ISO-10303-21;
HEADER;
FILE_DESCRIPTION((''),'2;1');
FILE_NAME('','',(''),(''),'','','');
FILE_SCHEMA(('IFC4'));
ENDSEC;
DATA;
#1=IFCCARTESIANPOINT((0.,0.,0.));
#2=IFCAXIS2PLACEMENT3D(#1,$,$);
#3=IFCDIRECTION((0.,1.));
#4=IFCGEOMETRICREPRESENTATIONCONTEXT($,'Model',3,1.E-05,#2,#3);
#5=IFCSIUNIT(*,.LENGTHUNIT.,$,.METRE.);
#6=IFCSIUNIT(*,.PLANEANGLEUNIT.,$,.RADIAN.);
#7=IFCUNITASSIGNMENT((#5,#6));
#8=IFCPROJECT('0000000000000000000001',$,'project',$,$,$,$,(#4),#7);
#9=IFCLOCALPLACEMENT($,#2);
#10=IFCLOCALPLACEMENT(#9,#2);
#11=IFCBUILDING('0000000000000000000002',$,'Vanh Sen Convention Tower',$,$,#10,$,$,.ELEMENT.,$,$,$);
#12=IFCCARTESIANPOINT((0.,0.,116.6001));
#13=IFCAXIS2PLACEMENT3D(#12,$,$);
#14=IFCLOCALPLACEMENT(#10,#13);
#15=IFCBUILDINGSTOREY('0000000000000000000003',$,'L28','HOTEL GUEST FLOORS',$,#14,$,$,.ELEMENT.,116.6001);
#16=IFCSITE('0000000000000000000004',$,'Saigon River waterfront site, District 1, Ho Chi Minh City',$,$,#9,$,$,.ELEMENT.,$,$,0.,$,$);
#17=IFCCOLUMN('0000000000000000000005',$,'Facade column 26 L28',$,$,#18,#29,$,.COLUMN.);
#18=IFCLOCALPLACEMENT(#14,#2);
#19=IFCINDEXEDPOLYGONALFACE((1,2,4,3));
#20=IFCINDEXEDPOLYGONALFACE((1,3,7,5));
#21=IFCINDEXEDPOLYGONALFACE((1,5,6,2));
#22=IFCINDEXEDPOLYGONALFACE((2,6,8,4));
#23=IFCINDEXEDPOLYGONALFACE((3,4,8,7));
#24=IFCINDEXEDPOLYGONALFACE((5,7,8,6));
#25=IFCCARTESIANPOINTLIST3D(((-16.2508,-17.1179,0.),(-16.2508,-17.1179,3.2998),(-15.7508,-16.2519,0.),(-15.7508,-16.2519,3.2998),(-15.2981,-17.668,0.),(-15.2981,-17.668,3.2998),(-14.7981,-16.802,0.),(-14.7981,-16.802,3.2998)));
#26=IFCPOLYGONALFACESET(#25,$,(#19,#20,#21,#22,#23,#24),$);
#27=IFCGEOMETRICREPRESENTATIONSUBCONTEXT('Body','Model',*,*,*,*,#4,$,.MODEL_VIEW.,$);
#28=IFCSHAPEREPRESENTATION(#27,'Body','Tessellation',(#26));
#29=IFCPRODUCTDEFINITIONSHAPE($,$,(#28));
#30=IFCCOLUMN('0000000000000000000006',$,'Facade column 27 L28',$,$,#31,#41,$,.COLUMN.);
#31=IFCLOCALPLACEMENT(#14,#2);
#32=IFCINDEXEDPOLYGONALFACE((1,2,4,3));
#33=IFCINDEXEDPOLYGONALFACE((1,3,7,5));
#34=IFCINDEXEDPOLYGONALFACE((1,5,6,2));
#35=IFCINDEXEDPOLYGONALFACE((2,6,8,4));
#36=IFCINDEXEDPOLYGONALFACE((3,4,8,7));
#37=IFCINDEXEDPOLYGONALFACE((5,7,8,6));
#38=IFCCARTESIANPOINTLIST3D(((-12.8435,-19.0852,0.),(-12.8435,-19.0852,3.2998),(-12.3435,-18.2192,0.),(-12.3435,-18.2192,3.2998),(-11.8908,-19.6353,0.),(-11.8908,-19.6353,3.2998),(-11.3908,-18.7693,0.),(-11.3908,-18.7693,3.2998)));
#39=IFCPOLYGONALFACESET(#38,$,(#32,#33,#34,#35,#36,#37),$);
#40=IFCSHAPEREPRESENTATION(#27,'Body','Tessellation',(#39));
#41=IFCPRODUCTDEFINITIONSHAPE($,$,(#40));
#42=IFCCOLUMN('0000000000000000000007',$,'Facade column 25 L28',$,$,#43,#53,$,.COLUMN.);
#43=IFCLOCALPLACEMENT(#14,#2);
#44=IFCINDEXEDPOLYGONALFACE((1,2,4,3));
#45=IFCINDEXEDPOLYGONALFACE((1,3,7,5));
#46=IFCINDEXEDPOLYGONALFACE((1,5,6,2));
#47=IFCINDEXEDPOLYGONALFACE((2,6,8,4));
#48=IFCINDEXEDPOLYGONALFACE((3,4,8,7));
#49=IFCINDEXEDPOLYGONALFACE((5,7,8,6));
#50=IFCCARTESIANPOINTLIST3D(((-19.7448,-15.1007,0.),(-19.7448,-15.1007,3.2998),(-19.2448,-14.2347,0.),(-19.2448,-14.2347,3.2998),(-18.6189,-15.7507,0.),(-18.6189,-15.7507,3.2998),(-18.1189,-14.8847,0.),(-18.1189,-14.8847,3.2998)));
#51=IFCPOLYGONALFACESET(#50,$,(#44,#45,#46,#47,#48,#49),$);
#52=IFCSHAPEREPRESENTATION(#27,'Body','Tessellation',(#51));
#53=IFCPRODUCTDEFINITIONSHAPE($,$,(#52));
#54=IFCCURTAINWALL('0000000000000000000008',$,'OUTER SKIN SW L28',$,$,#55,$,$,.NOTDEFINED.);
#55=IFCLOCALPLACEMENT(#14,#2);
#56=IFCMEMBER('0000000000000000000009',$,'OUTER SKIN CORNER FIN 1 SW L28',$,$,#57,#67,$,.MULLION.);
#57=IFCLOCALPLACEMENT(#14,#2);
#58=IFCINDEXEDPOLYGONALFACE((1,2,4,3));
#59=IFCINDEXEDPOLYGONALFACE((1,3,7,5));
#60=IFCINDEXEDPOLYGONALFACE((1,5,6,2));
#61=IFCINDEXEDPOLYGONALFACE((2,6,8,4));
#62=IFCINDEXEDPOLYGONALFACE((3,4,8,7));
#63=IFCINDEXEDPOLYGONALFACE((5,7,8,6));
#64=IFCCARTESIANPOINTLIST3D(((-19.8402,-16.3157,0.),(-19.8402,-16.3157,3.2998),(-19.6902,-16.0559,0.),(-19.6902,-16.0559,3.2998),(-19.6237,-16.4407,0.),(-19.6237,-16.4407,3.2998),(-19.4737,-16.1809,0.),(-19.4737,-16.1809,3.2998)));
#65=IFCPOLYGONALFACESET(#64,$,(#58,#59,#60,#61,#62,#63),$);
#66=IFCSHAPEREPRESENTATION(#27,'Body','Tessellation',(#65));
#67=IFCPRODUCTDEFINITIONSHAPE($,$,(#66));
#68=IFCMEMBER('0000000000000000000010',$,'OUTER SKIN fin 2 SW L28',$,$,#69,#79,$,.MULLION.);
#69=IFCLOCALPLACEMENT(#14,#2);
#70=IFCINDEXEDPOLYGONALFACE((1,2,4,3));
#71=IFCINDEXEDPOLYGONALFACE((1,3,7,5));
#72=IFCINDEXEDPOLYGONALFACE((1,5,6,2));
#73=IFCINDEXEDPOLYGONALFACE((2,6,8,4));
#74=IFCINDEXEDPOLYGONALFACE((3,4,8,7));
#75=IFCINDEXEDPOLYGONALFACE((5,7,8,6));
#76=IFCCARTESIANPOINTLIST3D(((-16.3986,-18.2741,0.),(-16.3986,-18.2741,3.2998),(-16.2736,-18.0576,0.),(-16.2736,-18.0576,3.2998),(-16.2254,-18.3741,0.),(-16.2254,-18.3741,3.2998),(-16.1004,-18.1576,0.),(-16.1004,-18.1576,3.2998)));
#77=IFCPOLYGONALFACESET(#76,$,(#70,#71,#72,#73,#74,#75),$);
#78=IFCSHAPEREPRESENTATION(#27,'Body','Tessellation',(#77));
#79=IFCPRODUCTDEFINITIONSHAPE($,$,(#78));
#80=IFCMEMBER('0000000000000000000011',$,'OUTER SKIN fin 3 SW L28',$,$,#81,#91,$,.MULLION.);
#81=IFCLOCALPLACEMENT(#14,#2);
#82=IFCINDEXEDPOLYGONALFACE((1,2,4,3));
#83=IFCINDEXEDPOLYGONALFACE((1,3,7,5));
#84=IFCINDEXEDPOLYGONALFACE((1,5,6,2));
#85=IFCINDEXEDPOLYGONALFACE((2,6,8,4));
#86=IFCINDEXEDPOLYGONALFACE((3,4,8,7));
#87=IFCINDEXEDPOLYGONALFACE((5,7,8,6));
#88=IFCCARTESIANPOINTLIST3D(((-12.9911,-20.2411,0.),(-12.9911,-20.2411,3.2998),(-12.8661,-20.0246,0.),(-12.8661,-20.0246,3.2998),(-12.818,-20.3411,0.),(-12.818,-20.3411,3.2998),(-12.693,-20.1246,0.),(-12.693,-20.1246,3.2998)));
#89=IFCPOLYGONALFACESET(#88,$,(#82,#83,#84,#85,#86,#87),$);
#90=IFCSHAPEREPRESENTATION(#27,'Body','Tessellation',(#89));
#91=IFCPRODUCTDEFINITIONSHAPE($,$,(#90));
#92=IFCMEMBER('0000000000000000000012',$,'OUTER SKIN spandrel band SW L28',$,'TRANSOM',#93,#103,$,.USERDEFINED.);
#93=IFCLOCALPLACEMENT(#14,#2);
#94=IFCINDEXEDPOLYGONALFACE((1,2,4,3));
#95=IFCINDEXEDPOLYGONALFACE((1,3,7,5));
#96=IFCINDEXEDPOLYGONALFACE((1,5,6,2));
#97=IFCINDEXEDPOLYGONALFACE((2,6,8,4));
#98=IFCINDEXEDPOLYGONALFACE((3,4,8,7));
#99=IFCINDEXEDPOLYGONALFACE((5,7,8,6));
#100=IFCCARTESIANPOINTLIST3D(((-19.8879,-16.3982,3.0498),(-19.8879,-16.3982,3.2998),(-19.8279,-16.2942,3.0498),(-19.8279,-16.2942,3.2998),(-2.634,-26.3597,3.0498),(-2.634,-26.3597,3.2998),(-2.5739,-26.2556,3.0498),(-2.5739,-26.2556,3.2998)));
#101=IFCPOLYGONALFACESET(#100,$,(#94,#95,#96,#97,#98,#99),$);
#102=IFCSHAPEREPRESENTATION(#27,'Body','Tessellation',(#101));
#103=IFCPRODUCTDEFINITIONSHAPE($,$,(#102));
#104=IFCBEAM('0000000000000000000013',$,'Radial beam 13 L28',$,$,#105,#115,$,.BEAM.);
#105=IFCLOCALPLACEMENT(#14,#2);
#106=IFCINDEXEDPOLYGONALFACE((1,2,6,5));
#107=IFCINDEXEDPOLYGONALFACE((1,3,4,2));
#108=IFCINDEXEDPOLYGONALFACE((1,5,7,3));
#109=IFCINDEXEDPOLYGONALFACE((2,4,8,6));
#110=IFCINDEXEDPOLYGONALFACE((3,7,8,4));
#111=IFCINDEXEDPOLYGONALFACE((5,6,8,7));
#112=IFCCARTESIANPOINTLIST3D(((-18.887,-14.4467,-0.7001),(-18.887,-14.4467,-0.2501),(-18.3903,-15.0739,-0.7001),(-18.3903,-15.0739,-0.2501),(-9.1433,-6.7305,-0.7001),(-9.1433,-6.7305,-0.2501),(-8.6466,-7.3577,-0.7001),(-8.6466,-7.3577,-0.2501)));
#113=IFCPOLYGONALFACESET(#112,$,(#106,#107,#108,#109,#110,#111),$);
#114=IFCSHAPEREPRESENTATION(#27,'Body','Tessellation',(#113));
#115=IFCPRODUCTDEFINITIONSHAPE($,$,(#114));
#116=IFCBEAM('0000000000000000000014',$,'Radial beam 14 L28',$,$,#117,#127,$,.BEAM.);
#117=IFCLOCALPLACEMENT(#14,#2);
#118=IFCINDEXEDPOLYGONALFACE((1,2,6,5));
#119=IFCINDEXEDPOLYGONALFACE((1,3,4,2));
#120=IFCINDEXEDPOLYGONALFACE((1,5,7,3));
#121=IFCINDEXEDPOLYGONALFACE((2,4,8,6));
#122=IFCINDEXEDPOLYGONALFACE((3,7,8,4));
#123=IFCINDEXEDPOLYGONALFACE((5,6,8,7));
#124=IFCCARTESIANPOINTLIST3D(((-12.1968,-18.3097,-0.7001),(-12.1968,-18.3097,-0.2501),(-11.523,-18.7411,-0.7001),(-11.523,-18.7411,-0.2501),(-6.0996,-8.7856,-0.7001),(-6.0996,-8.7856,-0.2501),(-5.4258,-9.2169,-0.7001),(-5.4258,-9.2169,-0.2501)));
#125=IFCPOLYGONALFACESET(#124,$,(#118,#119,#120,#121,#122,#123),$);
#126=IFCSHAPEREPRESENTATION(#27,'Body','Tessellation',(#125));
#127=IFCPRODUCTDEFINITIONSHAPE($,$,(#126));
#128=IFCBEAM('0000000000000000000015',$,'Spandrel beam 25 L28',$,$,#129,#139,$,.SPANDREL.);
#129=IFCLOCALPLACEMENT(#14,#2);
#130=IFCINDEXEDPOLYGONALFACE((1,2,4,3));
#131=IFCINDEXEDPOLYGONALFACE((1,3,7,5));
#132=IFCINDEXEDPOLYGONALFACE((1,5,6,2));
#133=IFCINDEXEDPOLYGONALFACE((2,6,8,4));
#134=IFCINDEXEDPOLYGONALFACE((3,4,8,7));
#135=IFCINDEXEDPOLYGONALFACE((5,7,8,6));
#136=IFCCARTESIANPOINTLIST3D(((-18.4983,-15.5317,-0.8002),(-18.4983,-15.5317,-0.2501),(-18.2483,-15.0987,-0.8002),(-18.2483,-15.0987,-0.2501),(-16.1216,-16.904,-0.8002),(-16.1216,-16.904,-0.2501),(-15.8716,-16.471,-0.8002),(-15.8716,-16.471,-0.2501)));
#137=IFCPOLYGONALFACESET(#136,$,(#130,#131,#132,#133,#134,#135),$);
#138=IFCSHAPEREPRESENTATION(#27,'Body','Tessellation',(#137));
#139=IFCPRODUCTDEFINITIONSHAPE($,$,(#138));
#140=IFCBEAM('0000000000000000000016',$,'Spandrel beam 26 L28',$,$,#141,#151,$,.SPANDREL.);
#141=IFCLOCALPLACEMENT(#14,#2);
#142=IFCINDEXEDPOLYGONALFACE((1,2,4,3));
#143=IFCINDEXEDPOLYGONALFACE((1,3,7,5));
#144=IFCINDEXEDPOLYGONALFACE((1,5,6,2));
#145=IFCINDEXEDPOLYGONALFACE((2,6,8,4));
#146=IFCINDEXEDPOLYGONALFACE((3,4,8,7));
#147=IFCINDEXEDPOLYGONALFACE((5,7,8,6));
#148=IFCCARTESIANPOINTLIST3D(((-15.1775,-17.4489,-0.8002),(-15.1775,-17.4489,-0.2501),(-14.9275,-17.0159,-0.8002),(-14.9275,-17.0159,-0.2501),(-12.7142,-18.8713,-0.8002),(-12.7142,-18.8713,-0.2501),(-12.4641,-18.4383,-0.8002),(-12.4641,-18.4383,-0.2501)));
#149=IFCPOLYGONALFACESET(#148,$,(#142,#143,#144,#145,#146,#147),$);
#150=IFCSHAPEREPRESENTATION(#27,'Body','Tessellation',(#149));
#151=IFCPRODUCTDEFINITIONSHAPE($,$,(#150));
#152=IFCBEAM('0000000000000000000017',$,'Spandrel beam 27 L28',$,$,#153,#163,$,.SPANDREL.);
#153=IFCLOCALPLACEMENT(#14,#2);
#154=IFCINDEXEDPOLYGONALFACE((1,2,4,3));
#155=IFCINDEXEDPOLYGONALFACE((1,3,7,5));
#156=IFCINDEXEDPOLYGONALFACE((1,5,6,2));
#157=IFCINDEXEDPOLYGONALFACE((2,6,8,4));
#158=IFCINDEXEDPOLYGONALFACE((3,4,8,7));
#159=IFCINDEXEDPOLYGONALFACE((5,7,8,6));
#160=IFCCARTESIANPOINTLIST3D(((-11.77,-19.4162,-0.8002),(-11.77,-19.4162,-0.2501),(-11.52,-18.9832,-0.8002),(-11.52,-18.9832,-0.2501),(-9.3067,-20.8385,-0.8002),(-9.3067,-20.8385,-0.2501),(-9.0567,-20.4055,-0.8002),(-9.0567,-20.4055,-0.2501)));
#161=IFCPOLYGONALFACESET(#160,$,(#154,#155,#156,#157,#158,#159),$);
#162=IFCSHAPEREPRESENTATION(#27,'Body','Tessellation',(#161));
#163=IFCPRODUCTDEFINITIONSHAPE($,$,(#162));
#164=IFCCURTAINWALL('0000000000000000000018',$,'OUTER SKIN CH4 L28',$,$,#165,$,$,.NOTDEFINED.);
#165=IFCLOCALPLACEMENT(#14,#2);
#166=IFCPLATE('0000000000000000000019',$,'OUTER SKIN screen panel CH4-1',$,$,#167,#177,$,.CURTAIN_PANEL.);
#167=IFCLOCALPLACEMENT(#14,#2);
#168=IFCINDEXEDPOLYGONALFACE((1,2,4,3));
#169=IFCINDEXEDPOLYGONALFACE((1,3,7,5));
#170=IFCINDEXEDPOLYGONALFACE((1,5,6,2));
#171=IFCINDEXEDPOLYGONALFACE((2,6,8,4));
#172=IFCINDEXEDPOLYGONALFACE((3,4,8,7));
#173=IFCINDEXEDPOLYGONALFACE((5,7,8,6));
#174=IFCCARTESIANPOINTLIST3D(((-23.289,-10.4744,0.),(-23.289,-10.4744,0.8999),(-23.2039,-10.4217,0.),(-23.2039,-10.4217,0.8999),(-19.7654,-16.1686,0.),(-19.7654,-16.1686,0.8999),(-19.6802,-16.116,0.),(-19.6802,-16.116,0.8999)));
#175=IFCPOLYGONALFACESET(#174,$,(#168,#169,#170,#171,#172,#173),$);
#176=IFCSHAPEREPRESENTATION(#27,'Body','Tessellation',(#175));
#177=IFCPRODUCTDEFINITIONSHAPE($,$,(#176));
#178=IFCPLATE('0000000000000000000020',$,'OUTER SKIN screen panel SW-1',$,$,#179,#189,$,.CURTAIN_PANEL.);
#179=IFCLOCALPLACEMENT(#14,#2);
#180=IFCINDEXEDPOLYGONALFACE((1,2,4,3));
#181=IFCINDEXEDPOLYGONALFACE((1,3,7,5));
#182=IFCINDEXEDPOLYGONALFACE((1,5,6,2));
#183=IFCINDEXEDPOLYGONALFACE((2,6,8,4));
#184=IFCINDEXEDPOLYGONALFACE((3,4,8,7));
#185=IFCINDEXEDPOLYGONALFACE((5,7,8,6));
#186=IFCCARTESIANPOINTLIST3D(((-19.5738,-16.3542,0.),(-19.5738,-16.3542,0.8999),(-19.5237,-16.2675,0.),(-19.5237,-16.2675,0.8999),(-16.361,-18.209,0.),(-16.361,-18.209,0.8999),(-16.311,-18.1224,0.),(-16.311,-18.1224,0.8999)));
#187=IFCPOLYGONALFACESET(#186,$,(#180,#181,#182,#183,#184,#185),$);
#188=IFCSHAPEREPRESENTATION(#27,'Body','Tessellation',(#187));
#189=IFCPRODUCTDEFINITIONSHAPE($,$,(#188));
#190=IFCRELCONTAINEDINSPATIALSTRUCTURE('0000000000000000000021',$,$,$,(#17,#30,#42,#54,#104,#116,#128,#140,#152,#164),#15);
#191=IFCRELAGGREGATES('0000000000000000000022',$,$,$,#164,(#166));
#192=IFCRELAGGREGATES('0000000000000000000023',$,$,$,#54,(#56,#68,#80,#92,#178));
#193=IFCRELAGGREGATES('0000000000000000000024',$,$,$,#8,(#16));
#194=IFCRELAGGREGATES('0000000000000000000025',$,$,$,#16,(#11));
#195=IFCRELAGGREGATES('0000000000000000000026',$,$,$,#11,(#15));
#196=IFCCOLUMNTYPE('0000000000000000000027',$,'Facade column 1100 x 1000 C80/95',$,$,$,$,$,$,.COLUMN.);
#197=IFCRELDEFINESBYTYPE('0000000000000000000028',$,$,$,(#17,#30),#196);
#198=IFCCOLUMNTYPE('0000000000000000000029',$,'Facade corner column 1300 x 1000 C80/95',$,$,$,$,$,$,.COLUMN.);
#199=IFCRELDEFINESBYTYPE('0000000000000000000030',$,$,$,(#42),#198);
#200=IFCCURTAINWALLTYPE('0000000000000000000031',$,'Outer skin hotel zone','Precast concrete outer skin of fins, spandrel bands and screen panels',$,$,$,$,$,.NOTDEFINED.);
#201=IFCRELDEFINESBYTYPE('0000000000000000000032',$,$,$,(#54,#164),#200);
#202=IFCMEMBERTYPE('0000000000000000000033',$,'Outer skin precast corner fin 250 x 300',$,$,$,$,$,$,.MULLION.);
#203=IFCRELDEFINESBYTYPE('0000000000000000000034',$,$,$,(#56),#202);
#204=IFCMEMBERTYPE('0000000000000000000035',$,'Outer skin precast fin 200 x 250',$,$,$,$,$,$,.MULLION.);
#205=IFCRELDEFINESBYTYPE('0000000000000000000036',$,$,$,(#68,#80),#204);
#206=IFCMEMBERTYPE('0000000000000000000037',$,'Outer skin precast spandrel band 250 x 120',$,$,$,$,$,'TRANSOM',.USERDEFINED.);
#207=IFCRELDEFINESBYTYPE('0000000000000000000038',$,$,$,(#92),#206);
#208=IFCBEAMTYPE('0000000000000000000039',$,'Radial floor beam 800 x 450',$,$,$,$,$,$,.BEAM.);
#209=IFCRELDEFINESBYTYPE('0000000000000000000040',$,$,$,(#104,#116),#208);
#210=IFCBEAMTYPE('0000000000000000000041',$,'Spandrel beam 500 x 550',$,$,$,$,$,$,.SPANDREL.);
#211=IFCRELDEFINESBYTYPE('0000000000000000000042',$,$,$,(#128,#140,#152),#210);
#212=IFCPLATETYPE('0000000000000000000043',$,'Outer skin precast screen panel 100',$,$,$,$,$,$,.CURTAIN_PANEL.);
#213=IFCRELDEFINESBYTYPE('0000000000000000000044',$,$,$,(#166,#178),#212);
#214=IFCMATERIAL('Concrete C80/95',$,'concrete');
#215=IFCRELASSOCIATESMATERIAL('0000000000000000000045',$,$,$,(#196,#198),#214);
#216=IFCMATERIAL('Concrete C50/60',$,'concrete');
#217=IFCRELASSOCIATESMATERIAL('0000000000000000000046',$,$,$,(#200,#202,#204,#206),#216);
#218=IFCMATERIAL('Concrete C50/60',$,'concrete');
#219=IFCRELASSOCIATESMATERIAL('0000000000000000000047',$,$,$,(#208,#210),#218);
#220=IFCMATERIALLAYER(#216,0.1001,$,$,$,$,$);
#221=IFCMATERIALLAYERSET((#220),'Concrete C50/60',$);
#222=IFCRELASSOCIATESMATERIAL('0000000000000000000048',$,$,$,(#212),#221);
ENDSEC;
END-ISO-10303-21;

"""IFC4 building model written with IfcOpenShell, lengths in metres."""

from ifc_helpers import new_model, si_unit, direction, frame, origin, origin_2d, place, context, subcontext, project, spatial, rectangle, extrude, material, layer, layer_set, material_profile, profile_set, type_object, element, aggregate, save


model = new_model("IFC4")

# Units and contexts
model_context = context("Model", 3, precision=1e-05, world=origin(), true_north=direction((0.0, 1.0)))
body_context = subcontext(model_context, "Body", "Model", "MODEL_VIEW")
ifc_project = project(units=[si_unit("LENGTHUNIT", "METRE"), si_unit("PLANEANGLEUNIT", "RADIAN")], contexts=[model_context])

# Site, building, storey
site_placement = place(None, origin())
site = spatial("IfcSite", under=ifc_project, at=site_placement, Name="Saigon River waterfront site, District 1, Ho Chi Minh City", CompositionType="ELEMENT", RefElevation=0.0)
building_placement = place(site_placement, origin())
building = spatial("IfcBuilding", under=site, at=building_placement, Name="Vanh Sen Convention Tower", CompositionType="ELEMENT")
storey_placement = place(building_placement, frame((0.0, 0.0, 116.6001)))
storey = spatial("IfcBuildingStorey", under=building, at=storey_placement, Name="L28", Description="HOTEL GUEST FLOORS", CompositionType="ELEMENT", Elevation=116.6001)

# Columns
ifc_material_1 = material(Name="Concrete C80/95", Category="concrete")
ifc_material_profile_1 = material_profile(ifc_material_1, rectangle(XDim=1.1001, YDim=1.0, at=origin_2d()), Name="RC 1100X1000")
ifc_profile_set_1 = profile_set([ifc_material_profile_1], Name="Concrete C80/95")
column_type_1 = type_object("IfcColumnType", Name="Facade column 1100 x 1000 C80/95", PredefinedType="COLUMN", material=ifc_profile_set_1)
for number, where, z_axis, x_axis, name in (
    (1, (-15.5244, -16.96, 0.0), (0.0, 0.0, 1.0), (0.866025, -0.5, 0.0), "Facade column 26 L28"),
    (2, (-12.1172, -18.9272, 0.0), (0.0, 0.0, 1.0), (0.866025, -0.5, 0.0), "Facade column 27 L28"),
):
    element("IfcColumn", number, at=place(storey_placement, frame(where, z_axis=z_axis, x_axis=x_axis)), inside=storey, type_object=column_type_1, Name=name, PredefinedType="COLUMN", context=body_context, shape_type="SweptSolid", body=[
        extrude(rectangle(XDim=1.1001, YDim=1.0, at=origin_2d()), origin(), (0.0, 0.0, 1.0), 3.2998),
    ])
ifc_material_profile_2 = material_profile(ifc_material_1, rectangle(XDim=1.3, YDim=1.0, at=origin_2d()), Name="RC 1300X1000")
ifc_profile_set_2 = profile_set([ifc_material_profile_2], Name="Concrete C80/95")
column_type_2 = type_object("IfcColumnType", Name="Facade corner column 1300 x 1000 C80/95", PredefinedType="COLUMN", material=ifc_profile_set_2)
column_placement = place(storey_placement, frame((-18.9319, -14.9927, 0.0), z_axis=(0.0, 0.0, 1.0), x_axis=(0.866025, -0.5, 0.0)))
element("IfcColumn", 3, at=column_placement, inside=storey, type_object=column_type_2, Name="Facade column 25 L28", PredefinedType="COLUMN", context=body_context, shape_type="SweptSolid", body=[
    extrude(rectangle(XDim=1.3, YDim=1.0, at=origin_2d()), origin(), (0.0, 0.0, 1.0), 3.2998),
])

# Curtain wall, members
ifc_material_2 = material(Name="Concrete C50/60", Category="concrete")
curtain_wall_type = type_object("IfcCurtainWallType", Name="Outer skin hotel zone", Description="Precast concrete outer skin of fins, spandrel bands and screen panels", PredefinedType="NOTDEFINED", material=ifc_material_2)
curtain_wall_1_placement = place(storey_placement, origin())
curtain_wall_1 = element("IfcCurtainWall", 4, at=curtain_wall_1_placement, inside=storey, type_object=curtain_wall_type, Name="OUTER SKIN SW L28", PredefinedType="NOTDEFINED")
ifc_material_profile_3 = material_profile(ifc_material_2, rectangle(XDim=0.25, YDim=0.3, at=origin_2d()), Name="Outer skin precast corner fin 250 x 300")
ifc_profile_set_3 = profile_set([ifc_material_profile_3], Name="Concrete C50/60")
member_type_1 = type_object("IfcMemberType", Name="Outer skin precast corner fin 250 x 300", PredefinedType="MULLION", material=ifc_profile_set_3)
member_1_placement = place(storey_placement, frame((-19.657, -16.2483, 0.0), z_axis=(0.0, 0.0, 1.0), x_axis=(0.866025, -0.5, 0.0)))
member_1 = element("IfcMember", 5, at=member_1_placement, type_object=member_type_1, Name="OUTER SKIN CORNER FIN 1 SW L28", PredefinedType="MULLION", context=body_context, shape_type="SweptSolid", body=[
    extrude(rectangle(XDim=0.25, YDim=0.3, at=origin_2d()), origin(), (0.0, 0.0, 1.0), 3.2998),
])
ifc_material_profile_4 = material_profile(ifc_material_2, rectangle(XDim=0.2, YDim=0.25, at=origin_2d()), Name="Outer skin precast fin 200 x 250")
ifc_profile_set_4 = profile_set([ifc_material_profile_4], Name="Concrete C50/60")
member_type_2 = type_object("IfcMemberType", Name="Outer skin precast fin 200 x 250", PredefinedType="MULLION", material=ifc_profile_set_4)
member_2_placement = place(storey_placement, frame((-16.2495, -18.2158, 0.0), z_axis=(0.0, 0.0, 1.0), x_axis=(0.866025, -0.5, 0.0)))
member_2 = element("IfcMember", 6, at=member_2_placement, type_object=member_type_2, Name="OUTER SKIN fin 2 SW L28", PredefinedType="MULLION", context=body_context, shape_type="SweptSolid", body=[
    extrude(rectangle(XDim=0.2, YDim=0.25, at=origin_2d()), origin(), (0.0, 0.0, 1.0), 3.2998),
])
member_3_placement = place(storey_placement, frame((-12.842, -20.1829, 0.0), z_axis=(0.0, 0.0, 1.0), x_axis=(0.866025, -0.5, 0.0)))
member_3 = element("IfcMember", 7, at=member_3_placement, type_object=member_type_2, Name="OUTER SKIN fin 3 SW L28", PredefinedType="MULLION", context=body_context, shape_type="SweptSolid", body=[
    extrude(rectangle(XDim=0.2, YDim=0.25, at=origin_2d()), origin(), (0.0, 0.0, 1.0), 3.2998),
])
ifc_material_profile_5 = material_profile(ifc_material_2, rectangle(XDim=0.1201, YDim=0.25, at=origin_2d()), Name="Outer skin precast spandrel band 250 x 120")
ifc_profile_set_5 = profile_set([ifc_material_profile_5], Name="Concrete C50/60")
member_type_3 = type_object("IfcMemberType", Name="Outer skin precast spandrel band 250 x 120", ElementType="TRANSOM", PredefinedType="USERDEFINED", material=ifc_profile_set_5)
member_4_placement = place(storey_placement, frame((-19.8579, -16.3462, 3.1748), z_axis=(0.866028, -0.499995, 0.0), x_axis=(0.499995, 0.866028, 0.0)))
member_4 = element("IfcMember", 8, at=member_4_placement, type_object=member_type_3, Name="OUTER SKIN spandrel band SW L28", ObjectType="TRANSOM", PredefinedType="USERDEFINED", context=body_context, shape_type="SweptSolid", body=[
    extrude(rectangle(XDim=0.1201, YDim=0.25, at=origin_2d()), origin(), (0.0, 0.0, 1.0), 19.9231),
])

# Beams
ifc_material_3 = material(Name="Concrete C50/60", Category="concrete")
ifc_material_profile_6 = material_profile(ifc_material_3, rectangle(XDim=0.8, YDim=0.45, at=origin_2d()), Name="RC 800X450")
ifc_profile_set_6 = profile_set([ifc_material_profile_6], Name="Concrete C50/60")
beam_type_1 = type_object("IfcBeamType", Name="Radial floor beam 800 x 450", PredefinedType="BEAM", material=ifc_profile_set_6)
beam_1_placement = place(storey_placement, frame((-18.6387, -14.7603, -0.4751), z_axis=(0.783954, 0.620819, 0.0), x_axis=(-0.620819, 0.783954, 0.0)))
element("IfcBeam", 9, at=beam_1_placement, inside=storey, type_object=beam_type_1, Name="Radial beam 13 L28", PredefinedType="BEAM", context=body_context, shape_type="SweptSolid", body=[
    extrude(rectangle(XDim=0.8, YDim=0.45, at=origin_2d()), origin(), (0.0, 0.0, 1.0), 12.429),
])
beam_2_placement = place(storey_placement, frame((-11.8599, -18.5254, -0.4751), z_axis=(0.53916, 0.842203, 0.0), x_axis=(-0.842203, 0.53916, 0.0)))
element("IfcBeam", 10, at=beam_2_placement, inside=storey, type_object=beam_type_1, Name="Radial beam 14 L28", PredefinedType="BEAM", context=body_context, shape_type="SweptSolid", body=[
    extrude(rectangle(XDim=0.8, YDim=0.45, at=origin_2d()), origin(), (0.0, 0.0, 1.0), 11.3086),
])
ifc_material_profile_7 = material_profile(ifc_material_3, rectangle(XDim=0.5, YDim=0.55, at=origin_2d()), Name="RC 500X550")
ifc_profile_set_7 = profile_set([ifc_material_profile_7], Name="Concrete C50/60")
beam_type_2 = type_object("IfcBeamType", Name="Spandrel beam 500 x 550", PredefinedType="SPANDREL", material=ifc_profile_set_7)
beam_3_placement = place(storey_placement, frame((-18.3733, -15.3152, -0.5251), z_axis=(0.866006, -0.500033, 0.0), x_axis=(0.500033, 0.866006, 0.0)))
element("IfcBeam", 11, at=beam_3_placement, inside=storey, type_object=beam_type_2, Name="Spandrel beam 25 L28", PredefinedType="SPANDREL", context=body_context, shape_type="SweptSolid", body=[
    extrude(rectangle(XDim=0.5, YDim=0.55, at=origin_2d()), origin(), (0.0, 0.0, 1.0), 2.7444),
])
for number, where, z_axis, x_axis, name in (
    (12, (-15.0525, -17.2324, -0.5251), (0.866005, -0.500034, 0.0), (0.500034, 0.866005, 0.0), "Spandrel beam 26 L28"),
    (13, (-11.645, -19.1997, -0.5251), (0.866005, -0.500034, 0.0), (0.500034, 0.866005, 0.0), "Spandrel beam 27 L28"),
):
    element("IfcBeam", number, at=place(storey_placement, frame(where, z_axis=z_axis, x_axis=x_axis)), inside=storey, type_object=beam_type_2, Name=name, PredefinedType="SPANDREL", context=body_context, shape_type="SweptSolid", body=[
        extrude(rectangle(XDim=0.5, YDim=0.55, at=origin_2d()), origin(), (0.0, 0.0, 1.0), 2.8445),
    ])

# Curtain wall, plate
curtain_wall_2_placement = place(storey_placement, origin())
curtain_wall_2 = element("IfcCurtainWall", 14, at=curtain_wall_2_placement, inside=storey, type_object=curtain_wall_type, Name="OUTER SKIN CH4 L28", PredefinedType="NOTDEFINED")
ifc_layer_1 = layer(ifc_material_2, 0.1001)
ifc_layer_set_1 = layer_set([ifc_layer_1], Name="Concrete C50/60")
plate_type = type_object("IfcPlateType", Name="Outer skin precast screen panel 100", PredefinedType="CURTAIN_PANEL", material=ifc_layer_set_1)
plate_1_placement = place(storey_placement, frame((-21.4846, -13.2952, 0.0), z_axis=(0.0, 0.0, 1.0), x_axis=(0.526205, -0.850358, 0.0)))
plate_1 = element("IfcPlate", 15, at=plate_1_placement, type_object=plate_type, Name="OUTER SKIN screen panel CH4-1", PredefinedType="CURTAIN_PANEL", context=body_context, shape_type="SweptSolid", body=[
    extrude(rectangle(XDim=6.6963, YDim=0.1001, at=origin_2d()), origin(), (0.0, 0.0, 1.0), 0.8999),
])
aggregate(curtain_wall_2, [plate_1])

# Plate
plate_2_placement = place(storey_placement, frame((-17.9424, -17.2383, 0.0), z_axis=(0.0, 0.0, 1.0), x_axis=(0.866028, -0.499995, 0.0)))
plate_2 = element("IfcPlate", 16, at=plate_2_placement, type_object=plate_type, Name="OUTER SKIN screen panel SW-1", PredefinedType="CURTAIN_PANEL", context=body_context, shape_type="SweptSolid", body=[
    extrude(rectangle(XDim=3.7097, YDim=0.1001, at=origin_2d()), origin(), (0.0, 0.0, 1.0), 0.8999),
])
aggregate(curtain_wall_1, [member_1, member_2, member_3, member_4, plate_2])

save(model, "model.ifc")
